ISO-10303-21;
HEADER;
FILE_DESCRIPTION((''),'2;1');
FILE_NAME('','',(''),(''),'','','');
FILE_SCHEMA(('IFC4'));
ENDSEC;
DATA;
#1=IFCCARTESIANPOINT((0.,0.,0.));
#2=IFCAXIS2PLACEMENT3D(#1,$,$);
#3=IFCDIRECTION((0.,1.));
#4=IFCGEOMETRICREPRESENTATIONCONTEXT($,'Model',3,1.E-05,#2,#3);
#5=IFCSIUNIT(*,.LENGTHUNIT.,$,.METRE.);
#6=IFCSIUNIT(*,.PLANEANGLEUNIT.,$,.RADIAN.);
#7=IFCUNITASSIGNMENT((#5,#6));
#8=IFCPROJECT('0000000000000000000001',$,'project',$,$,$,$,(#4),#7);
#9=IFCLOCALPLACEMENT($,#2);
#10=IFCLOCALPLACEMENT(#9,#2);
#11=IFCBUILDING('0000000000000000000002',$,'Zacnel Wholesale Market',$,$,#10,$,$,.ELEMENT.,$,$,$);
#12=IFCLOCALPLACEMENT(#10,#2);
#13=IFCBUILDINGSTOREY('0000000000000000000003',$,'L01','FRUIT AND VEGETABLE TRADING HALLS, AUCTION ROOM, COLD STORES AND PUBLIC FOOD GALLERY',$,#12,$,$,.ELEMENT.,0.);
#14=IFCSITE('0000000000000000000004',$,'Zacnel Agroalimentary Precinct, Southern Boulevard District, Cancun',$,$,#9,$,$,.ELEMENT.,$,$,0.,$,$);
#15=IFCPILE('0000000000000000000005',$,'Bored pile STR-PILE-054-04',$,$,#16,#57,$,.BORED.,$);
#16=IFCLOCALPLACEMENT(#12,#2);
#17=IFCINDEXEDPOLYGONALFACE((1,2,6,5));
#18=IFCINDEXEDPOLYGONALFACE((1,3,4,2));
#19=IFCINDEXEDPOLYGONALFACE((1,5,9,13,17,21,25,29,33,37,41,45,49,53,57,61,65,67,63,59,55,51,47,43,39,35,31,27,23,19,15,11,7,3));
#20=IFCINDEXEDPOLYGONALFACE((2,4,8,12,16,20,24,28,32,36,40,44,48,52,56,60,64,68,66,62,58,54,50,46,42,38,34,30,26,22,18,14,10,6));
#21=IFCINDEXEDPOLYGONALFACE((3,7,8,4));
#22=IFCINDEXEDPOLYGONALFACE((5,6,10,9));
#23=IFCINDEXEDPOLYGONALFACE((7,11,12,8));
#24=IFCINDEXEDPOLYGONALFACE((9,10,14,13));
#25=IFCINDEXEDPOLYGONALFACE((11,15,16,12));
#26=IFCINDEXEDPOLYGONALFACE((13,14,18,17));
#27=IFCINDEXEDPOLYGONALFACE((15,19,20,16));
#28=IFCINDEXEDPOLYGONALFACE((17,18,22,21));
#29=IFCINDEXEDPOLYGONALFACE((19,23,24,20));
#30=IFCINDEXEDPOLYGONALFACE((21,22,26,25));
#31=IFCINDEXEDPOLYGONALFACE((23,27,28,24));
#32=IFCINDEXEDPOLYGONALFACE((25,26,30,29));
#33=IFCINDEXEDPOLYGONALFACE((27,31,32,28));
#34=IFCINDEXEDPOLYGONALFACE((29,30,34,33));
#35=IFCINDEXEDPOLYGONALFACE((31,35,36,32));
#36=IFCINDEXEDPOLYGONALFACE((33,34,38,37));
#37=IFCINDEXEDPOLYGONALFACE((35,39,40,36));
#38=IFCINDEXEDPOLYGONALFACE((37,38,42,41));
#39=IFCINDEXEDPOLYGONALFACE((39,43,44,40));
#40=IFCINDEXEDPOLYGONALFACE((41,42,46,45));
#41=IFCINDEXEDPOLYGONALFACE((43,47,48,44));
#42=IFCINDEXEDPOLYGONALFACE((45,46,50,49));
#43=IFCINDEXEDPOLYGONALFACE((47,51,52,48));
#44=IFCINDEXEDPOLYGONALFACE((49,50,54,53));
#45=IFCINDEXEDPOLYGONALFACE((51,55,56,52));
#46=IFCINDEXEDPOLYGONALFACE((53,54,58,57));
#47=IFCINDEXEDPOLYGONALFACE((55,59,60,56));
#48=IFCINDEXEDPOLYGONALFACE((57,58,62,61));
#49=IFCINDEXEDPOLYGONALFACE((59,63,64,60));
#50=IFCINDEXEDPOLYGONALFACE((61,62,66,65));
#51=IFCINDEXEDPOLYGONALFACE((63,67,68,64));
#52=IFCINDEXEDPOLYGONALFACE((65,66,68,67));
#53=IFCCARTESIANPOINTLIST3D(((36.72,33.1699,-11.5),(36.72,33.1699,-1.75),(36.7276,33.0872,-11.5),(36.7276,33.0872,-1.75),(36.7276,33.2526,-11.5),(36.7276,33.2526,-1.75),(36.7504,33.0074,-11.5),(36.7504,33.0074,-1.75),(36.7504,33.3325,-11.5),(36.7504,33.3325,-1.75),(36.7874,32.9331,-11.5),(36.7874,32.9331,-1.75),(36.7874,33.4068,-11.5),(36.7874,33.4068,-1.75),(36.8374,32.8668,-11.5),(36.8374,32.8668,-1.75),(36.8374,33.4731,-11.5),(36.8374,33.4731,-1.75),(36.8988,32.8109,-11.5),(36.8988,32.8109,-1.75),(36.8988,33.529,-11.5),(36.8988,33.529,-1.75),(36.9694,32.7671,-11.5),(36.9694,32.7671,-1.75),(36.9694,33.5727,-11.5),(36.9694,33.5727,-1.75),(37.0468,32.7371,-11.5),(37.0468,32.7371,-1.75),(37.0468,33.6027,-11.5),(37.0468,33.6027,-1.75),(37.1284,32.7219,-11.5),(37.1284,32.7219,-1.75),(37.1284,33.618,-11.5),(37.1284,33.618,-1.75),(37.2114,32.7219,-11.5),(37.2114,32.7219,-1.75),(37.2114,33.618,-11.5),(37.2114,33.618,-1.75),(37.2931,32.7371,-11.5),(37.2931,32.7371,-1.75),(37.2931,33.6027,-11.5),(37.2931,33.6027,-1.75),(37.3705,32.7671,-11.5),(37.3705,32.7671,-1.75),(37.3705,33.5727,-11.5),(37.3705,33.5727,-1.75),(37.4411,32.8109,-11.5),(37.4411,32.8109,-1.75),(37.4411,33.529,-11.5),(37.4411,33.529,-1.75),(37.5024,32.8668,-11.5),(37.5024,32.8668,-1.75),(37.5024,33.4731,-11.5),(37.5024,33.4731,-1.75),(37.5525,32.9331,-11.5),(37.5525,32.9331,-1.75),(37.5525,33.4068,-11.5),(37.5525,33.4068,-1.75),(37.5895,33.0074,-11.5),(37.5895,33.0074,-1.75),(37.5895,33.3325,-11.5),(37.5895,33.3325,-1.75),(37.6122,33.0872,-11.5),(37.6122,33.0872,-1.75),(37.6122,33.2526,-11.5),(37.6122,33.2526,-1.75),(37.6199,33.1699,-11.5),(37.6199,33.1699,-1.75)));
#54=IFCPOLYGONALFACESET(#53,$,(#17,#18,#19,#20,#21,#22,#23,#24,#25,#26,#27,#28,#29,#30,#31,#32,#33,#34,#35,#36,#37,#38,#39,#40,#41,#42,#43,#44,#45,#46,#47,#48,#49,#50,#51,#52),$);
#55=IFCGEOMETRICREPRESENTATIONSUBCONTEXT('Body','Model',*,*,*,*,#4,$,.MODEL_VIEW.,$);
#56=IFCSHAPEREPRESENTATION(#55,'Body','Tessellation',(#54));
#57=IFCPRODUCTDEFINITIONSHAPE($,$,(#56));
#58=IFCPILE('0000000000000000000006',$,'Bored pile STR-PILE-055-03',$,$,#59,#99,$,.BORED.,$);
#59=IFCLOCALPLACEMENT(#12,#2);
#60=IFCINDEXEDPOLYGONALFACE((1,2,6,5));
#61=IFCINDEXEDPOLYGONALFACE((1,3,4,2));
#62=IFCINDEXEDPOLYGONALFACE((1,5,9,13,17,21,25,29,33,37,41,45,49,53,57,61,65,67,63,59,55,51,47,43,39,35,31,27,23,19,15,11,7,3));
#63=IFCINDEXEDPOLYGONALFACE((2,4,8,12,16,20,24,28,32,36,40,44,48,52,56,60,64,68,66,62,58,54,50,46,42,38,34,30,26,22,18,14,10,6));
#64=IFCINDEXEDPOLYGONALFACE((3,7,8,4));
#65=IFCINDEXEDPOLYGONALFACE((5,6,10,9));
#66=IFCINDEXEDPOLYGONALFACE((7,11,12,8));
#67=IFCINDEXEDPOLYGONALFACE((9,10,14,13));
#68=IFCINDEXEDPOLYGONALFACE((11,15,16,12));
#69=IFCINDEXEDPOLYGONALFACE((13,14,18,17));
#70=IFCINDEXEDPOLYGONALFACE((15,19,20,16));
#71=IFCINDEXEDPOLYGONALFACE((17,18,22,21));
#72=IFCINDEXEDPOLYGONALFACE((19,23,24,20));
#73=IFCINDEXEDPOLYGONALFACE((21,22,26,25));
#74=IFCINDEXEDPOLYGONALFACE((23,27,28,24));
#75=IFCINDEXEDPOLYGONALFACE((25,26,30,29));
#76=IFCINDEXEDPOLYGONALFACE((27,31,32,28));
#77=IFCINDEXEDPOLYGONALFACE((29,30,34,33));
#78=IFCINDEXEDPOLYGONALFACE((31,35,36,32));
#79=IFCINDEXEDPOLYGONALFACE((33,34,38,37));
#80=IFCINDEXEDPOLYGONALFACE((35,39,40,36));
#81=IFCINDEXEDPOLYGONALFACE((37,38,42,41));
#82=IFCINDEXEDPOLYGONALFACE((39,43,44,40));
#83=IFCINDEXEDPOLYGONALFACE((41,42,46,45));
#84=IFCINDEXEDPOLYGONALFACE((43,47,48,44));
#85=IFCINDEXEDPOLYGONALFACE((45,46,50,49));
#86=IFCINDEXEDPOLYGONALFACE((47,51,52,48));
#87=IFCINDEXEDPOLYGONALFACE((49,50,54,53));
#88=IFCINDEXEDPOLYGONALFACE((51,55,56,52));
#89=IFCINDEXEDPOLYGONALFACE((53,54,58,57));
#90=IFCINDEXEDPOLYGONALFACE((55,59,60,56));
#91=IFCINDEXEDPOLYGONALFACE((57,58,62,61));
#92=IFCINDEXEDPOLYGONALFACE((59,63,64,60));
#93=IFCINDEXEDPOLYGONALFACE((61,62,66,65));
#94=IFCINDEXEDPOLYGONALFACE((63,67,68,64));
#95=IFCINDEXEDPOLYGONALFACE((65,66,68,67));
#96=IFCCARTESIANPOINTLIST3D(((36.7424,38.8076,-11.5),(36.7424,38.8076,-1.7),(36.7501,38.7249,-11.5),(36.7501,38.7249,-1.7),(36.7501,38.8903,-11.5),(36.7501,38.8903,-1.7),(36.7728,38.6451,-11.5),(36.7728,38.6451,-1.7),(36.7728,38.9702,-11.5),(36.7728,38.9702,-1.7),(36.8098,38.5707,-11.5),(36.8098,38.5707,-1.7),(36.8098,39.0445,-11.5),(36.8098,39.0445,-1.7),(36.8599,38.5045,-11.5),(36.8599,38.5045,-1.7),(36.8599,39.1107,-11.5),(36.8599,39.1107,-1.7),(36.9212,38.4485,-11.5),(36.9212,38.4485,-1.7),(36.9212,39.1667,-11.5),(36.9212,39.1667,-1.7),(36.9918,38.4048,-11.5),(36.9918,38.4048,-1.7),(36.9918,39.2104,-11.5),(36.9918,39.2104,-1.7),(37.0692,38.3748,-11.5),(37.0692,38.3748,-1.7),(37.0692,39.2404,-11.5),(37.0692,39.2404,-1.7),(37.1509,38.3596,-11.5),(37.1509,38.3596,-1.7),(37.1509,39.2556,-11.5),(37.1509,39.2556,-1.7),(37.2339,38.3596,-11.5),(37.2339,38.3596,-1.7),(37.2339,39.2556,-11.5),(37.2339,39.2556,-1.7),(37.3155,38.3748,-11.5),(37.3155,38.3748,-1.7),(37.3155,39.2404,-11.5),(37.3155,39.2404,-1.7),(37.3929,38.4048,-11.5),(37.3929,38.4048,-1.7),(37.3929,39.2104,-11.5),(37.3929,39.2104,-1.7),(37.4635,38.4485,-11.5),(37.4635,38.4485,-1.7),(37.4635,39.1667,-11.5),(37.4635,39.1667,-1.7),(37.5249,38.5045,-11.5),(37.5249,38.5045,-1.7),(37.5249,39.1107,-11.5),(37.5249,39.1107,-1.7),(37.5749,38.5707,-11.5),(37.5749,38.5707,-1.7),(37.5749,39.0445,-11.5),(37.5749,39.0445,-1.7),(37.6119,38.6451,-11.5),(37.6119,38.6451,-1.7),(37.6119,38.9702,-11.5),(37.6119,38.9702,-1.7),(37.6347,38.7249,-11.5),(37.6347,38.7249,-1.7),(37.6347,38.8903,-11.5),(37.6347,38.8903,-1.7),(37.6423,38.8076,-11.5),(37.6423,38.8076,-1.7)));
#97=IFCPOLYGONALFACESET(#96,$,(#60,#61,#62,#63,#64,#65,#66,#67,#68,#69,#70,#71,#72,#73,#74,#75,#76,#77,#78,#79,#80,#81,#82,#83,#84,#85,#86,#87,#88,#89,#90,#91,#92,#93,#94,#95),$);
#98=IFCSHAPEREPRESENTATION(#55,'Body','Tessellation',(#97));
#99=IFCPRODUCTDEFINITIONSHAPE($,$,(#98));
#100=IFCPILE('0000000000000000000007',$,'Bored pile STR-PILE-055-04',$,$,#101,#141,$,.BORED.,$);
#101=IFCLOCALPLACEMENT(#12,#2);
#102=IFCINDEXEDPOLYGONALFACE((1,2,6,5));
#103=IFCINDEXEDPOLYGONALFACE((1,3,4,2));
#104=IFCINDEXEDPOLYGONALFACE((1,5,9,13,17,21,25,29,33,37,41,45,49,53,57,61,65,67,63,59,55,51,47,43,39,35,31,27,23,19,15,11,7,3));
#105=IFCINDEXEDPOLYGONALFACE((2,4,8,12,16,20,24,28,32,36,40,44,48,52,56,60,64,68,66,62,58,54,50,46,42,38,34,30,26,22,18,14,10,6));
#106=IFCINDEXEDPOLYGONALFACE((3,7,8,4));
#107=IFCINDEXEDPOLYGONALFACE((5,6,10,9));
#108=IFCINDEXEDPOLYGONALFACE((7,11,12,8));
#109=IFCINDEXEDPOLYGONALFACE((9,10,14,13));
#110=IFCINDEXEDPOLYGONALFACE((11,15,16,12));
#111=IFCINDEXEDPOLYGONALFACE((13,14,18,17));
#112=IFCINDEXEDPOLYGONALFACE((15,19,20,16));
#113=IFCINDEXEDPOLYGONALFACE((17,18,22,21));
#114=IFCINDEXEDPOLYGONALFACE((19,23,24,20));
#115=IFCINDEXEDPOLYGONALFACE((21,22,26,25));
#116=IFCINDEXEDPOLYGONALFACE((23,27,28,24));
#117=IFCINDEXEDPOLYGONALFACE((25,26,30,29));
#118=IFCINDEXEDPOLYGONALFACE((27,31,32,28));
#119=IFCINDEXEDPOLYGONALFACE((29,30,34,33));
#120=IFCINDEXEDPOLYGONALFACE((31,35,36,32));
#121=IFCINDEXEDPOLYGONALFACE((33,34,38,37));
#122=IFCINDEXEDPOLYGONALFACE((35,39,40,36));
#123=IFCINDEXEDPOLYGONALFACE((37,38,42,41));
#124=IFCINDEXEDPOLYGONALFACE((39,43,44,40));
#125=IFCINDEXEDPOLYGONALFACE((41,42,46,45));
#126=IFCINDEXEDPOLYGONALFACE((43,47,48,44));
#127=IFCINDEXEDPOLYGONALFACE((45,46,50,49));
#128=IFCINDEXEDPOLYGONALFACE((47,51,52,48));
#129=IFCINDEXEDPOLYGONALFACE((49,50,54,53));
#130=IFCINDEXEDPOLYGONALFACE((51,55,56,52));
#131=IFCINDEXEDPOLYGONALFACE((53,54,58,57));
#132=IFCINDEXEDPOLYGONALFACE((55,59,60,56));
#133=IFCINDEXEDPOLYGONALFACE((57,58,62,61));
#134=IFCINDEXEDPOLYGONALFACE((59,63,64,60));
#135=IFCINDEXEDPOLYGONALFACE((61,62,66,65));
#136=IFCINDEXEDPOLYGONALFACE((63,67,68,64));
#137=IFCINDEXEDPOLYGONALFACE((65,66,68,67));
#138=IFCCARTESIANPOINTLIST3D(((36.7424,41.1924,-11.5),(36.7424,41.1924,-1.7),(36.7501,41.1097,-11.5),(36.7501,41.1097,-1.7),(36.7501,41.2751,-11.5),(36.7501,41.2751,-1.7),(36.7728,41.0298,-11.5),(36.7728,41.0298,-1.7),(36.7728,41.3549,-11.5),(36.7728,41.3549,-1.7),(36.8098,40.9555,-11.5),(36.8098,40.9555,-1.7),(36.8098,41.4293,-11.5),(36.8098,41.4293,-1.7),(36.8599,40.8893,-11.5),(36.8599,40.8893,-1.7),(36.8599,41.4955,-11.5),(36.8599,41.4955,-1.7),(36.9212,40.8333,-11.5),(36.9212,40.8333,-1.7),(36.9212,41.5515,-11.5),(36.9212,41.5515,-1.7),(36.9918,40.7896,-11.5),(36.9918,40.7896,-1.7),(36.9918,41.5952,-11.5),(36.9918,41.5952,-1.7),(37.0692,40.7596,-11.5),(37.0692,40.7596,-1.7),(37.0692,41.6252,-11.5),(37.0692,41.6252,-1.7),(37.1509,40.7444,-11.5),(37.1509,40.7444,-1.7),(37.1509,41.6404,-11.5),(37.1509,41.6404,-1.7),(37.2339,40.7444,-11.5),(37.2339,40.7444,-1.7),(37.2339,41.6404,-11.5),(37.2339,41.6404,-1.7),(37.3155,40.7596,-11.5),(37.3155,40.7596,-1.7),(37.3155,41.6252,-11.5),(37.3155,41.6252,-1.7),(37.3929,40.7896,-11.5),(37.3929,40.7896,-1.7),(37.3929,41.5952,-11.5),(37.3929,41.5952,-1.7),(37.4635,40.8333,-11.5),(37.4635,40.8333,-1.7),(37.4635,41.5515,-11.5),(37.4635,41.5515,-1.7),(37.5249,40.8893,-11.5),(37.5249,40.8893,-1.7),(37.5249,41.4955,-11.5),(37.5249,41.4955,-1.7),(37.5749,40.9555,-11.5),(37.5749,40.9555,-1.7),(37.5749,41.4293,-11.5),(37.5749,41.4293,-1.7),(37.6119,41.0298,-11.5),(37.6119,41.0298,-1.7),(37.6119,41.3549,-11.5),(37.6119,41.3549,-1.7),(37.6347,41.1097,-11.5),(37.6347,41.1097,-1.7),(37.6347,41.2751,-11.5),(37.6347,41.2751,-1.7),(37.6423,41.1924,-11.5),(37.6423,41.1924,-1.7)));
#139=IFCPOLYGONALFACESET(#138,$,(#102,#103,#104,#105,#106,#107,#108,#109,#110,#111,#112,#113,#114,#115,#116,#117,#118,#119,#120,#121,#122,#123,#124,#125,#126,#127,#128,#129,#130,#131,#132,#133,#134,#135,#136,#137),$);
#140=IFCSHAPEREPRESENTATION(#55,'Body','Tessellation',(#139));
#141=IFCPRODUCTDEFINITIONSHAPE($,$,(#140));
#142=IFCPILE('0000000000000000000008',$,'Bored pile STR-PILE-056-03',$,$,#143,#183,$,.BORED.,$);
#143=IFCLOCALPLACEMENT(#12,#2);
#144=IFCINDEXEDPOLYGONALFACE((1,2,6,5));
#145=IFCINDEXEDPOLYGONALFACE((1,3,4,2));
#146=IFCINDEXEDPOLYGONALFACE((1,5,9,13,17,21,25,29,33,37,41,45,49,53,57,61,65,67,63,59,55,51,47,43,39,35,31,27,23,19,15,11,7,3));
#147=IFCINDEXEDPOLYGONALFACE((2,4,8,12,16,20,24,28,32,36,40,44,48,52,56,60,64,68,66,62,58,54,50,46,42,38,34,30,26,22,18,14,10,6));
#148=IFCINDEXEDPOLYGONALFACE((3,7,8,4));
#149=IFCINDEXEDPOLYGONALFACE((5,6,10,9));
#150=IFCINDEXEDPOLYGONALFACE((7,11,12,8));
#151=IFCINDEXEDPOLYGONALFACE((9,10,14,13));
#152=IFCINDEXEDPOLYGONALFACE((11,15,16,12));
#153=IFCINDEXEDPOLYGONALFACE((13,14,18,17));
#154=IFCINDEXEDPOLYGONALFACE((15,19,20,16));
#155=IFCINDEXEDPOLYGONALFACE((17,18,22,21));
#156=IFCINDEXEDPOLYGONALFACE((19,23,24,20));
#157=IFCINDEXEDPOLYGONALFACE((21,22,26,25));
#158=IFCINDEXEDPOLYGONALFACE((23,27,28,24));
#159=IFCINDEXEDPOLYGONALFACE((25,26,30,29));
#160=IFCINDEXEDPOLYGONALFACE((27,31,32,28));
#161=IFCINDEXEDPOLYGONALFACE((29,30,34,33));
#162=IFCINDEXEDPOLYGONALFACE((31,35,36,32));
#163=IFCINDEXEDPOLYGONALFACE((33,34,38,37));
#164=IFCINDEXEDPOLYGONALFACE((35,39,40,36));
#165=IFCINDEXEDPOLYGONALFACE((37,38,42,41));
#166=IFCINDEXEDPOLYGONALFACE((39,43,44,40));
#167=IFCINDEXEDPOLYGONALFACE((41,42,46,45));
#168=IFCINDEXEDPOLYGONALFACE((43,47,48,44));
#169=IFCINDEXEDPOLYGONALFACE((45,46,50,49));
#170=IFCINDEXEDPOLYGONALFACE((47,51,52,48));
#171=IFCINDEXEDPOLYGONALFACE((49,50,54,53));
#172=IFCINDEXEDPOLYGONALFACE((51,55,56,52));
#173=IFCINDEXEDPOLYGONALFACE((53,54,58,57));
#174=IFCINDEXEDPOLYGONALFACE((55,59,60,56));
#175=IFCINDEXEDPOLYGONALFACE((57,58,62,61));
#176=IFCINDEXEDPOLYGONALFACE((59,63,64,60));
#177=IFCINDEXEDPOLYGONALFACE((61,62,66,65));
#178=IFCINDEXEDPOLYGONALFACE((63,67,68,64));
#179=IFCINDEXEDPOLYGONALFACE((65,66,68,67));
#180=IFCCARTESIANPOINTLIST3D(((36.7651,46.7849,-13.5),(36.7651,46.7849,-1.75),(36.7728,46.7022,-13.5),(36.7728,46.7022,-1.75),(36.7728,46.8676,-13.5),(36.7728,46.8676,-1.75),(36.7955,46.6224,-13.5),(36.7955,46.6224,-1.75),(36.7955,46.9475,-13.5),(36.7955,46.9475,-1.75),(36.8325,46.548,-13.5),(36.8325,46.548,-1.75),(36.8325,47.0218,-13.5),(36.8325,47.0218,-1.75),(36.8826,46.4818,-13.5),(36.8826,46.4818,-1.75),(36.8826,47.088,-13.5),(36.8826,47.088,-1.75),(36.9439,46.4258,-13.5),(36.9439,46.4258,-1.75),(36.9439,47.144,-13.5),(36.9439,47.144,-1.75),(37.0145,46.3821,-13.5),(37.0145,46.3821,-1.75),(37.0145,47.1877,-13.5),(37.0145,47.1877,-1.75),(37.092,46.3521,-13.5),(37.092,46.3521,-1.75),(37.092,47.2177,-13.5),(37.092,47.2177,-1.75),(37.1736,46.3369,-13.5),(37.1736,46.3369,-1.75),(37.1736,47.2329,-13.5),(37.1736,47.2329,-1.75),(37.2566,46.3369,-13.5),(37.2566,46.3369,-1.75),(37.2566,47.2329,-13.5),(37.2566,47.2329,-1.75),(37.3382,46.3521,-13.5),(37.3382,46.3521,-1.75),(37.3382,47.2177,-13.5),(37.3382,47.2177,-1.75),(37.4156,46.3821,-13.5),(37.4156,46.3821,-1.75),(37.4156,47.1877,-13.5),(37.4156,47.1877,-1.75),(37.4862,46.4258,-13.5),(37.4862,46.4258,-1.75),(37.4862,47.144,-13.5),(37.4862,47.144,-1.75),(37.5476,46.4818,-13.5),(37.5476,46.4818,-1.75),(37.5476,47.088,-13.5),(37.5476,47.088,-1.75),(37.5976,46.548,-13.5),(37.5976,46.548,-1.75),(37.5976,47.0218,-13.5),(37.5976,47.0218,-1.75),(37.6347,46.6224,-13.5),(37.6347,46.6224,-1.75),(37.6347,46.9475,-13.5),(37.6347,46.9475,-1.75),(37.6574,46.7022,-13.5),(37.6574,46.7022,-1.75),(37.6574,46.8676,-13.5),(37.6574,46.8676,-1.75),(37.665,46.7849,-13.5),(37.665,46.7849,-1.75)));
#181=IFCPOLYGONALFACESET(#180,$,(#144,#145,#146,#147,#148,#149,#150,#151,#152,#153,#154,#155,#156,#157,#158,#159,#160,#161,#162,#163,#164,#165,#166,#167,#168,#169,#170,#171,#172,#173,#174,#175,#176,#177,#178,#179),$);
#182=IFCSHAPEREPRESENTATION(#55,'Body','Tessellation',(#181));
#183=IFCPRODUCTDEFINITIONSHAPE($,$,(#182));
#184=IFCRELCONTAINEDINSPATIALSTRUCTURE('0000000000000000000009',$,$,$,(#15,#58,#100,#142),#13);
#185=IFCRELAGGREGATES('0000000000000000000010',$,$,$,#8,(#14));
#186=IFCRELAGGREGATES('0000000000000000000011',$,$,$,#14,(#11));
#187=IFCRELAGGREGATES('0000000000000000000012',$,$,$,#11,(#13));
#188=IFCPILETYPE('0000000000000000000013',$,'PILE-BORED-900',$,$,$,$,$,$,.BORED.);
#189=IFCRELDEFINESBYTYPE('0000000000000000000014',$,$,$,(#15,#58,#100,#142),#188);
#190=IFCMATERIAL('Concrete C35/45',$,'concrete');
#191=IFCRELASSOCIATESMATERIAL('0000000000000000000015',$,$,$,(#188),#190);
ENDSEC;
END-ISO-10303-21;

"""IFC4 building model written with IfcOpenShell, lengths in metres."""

from ifc_helpers import new_model, si_unit, direction, frame, origin, origin_2d, place, context, subcontext, project, spatial, circle, extrude, material, material_profile, profile_set, type_object, element, save


model = new_model("IFC4")

# Units and contexts
model_context = context("Model", 3, precision=1e-05, world=origin(), true_north=direction((0.0, 1.0)))
body_context = subcontext(model_context, "Body", "Model", "MODEL_VIEW")
ifc_project = project(units=[si_unit("LENGTHUNIT", "METRE"), si_unit("PLANEANGLEUNIT", "RADIAN")], contexts=[model_context])

# Site, building, storey
site_placement = place(None, origin())
site = spatial("IfcSite", under=ifc_project, at=site_placement, Name="Zacnel Agroalimentary Precinct, Southern Boulevard District, Cancun", CompositionType="ELEMENT", RefElevation=0.0)
building_placement = place(site_placement, origin())
building = spatial("IfcBuilding", under=site, at=building_placement, Name="Zacnel Wholesale Market", CompositionType="ELEMENT")
storey_placement = place(building_placement, origin())
storey = spatial("IfcBuildingStorey", under=building, at=storey_placement, Name="L01", Description="FRUIT AND VEGETABLE TRADING HALLS, AUCTION ROOM, COLD STORES AND PUBLIC FOOD GALLERY", CompositionType="ELEMENT", Elevation=0.0)

# Piles
ifc_material_1 = material(Name="Concrete C35/45", Category="concrete")
ifc_material_profile_1 = material_profile(ifc_material_1, circle(Radius=0.45, at=origin_2d()), Name="BORED PILE D900")
ifc_profile_set_1 = profile_set([ifc_material_profile_1], Name="Concrete C35/45")
pile_type = type_object("IfcPileType", Name="PILE-BORED-900", PredefinedType="BORED", material=ifc_profile_set_1)
for number, where, z_axis, x_axis, name in (
    (1, (37.1699, 33.1699, -1.75), (0.0, 0.0, -1.0), (1.0, 0.0, 0.0), "Bored pile STR-PILE-054-04"),
):
    element("IfcPile", number, at=place(storey_placement, frame(where, z_axis=z_axis, x_axis=x_axis)), inside=storey, type_object=pile_type, Name=name, PredefinedType="BORED", context=body_context, shape_type="SweptSolid", body=[
        extrude(circle(Radius=0.45, at=origin_2d()), origin(), (0.0, 0.0, 1.0), 9.75),
    ])
for number, where, z_axis, x_axis, name in (
    (2, (37.1924, 38.8076, -1.7), (0.0, 0.0, -1.0), (1.0, 0.0, 0.0), "Bored pile STR-PILE-055-03"),
    (3, (37.1924, 41.1924, -1.7), (0.0, 0.0, -1.0), (1.0, 0.0, 0.0), "Bored pile STR-PILE-055-04"),
):
    element("IfcPile", number, at=place(storey_placement, frame(where, z_axis=z_axis, x_axis=x_axis)), inside=storey, type_object=pile_type, Name=name, PredefinedType="BORED", context=body_context, shape_type="SweptSolid", body=[
        extrude(circle(Radius=0.45, at=origin_2d()), origin(), (0.0, 0.0, 1.0), 9.8),
    ])
pile_1_placement = place(storey_placement, frame((37.2151, 46.7849, -1.75), z_axis=(0.0, 0.0, -1.0), x_axis=(1.0, 0.0, 0.0)))
element("IfcPile", 4, at=pile_1_placement, inside=storey, type_object=pile_type, Name="Bored pile STR-PILE-056-03", PredefinedType="BORED", context=body_context, shape_type="SweptSolid", body=[
    extrude(circle(Radius=0.45, at=origin_2d()), origin(), (0.0, 0.0, 1.0), 11.75),
])

save(model, "model.ifc")
